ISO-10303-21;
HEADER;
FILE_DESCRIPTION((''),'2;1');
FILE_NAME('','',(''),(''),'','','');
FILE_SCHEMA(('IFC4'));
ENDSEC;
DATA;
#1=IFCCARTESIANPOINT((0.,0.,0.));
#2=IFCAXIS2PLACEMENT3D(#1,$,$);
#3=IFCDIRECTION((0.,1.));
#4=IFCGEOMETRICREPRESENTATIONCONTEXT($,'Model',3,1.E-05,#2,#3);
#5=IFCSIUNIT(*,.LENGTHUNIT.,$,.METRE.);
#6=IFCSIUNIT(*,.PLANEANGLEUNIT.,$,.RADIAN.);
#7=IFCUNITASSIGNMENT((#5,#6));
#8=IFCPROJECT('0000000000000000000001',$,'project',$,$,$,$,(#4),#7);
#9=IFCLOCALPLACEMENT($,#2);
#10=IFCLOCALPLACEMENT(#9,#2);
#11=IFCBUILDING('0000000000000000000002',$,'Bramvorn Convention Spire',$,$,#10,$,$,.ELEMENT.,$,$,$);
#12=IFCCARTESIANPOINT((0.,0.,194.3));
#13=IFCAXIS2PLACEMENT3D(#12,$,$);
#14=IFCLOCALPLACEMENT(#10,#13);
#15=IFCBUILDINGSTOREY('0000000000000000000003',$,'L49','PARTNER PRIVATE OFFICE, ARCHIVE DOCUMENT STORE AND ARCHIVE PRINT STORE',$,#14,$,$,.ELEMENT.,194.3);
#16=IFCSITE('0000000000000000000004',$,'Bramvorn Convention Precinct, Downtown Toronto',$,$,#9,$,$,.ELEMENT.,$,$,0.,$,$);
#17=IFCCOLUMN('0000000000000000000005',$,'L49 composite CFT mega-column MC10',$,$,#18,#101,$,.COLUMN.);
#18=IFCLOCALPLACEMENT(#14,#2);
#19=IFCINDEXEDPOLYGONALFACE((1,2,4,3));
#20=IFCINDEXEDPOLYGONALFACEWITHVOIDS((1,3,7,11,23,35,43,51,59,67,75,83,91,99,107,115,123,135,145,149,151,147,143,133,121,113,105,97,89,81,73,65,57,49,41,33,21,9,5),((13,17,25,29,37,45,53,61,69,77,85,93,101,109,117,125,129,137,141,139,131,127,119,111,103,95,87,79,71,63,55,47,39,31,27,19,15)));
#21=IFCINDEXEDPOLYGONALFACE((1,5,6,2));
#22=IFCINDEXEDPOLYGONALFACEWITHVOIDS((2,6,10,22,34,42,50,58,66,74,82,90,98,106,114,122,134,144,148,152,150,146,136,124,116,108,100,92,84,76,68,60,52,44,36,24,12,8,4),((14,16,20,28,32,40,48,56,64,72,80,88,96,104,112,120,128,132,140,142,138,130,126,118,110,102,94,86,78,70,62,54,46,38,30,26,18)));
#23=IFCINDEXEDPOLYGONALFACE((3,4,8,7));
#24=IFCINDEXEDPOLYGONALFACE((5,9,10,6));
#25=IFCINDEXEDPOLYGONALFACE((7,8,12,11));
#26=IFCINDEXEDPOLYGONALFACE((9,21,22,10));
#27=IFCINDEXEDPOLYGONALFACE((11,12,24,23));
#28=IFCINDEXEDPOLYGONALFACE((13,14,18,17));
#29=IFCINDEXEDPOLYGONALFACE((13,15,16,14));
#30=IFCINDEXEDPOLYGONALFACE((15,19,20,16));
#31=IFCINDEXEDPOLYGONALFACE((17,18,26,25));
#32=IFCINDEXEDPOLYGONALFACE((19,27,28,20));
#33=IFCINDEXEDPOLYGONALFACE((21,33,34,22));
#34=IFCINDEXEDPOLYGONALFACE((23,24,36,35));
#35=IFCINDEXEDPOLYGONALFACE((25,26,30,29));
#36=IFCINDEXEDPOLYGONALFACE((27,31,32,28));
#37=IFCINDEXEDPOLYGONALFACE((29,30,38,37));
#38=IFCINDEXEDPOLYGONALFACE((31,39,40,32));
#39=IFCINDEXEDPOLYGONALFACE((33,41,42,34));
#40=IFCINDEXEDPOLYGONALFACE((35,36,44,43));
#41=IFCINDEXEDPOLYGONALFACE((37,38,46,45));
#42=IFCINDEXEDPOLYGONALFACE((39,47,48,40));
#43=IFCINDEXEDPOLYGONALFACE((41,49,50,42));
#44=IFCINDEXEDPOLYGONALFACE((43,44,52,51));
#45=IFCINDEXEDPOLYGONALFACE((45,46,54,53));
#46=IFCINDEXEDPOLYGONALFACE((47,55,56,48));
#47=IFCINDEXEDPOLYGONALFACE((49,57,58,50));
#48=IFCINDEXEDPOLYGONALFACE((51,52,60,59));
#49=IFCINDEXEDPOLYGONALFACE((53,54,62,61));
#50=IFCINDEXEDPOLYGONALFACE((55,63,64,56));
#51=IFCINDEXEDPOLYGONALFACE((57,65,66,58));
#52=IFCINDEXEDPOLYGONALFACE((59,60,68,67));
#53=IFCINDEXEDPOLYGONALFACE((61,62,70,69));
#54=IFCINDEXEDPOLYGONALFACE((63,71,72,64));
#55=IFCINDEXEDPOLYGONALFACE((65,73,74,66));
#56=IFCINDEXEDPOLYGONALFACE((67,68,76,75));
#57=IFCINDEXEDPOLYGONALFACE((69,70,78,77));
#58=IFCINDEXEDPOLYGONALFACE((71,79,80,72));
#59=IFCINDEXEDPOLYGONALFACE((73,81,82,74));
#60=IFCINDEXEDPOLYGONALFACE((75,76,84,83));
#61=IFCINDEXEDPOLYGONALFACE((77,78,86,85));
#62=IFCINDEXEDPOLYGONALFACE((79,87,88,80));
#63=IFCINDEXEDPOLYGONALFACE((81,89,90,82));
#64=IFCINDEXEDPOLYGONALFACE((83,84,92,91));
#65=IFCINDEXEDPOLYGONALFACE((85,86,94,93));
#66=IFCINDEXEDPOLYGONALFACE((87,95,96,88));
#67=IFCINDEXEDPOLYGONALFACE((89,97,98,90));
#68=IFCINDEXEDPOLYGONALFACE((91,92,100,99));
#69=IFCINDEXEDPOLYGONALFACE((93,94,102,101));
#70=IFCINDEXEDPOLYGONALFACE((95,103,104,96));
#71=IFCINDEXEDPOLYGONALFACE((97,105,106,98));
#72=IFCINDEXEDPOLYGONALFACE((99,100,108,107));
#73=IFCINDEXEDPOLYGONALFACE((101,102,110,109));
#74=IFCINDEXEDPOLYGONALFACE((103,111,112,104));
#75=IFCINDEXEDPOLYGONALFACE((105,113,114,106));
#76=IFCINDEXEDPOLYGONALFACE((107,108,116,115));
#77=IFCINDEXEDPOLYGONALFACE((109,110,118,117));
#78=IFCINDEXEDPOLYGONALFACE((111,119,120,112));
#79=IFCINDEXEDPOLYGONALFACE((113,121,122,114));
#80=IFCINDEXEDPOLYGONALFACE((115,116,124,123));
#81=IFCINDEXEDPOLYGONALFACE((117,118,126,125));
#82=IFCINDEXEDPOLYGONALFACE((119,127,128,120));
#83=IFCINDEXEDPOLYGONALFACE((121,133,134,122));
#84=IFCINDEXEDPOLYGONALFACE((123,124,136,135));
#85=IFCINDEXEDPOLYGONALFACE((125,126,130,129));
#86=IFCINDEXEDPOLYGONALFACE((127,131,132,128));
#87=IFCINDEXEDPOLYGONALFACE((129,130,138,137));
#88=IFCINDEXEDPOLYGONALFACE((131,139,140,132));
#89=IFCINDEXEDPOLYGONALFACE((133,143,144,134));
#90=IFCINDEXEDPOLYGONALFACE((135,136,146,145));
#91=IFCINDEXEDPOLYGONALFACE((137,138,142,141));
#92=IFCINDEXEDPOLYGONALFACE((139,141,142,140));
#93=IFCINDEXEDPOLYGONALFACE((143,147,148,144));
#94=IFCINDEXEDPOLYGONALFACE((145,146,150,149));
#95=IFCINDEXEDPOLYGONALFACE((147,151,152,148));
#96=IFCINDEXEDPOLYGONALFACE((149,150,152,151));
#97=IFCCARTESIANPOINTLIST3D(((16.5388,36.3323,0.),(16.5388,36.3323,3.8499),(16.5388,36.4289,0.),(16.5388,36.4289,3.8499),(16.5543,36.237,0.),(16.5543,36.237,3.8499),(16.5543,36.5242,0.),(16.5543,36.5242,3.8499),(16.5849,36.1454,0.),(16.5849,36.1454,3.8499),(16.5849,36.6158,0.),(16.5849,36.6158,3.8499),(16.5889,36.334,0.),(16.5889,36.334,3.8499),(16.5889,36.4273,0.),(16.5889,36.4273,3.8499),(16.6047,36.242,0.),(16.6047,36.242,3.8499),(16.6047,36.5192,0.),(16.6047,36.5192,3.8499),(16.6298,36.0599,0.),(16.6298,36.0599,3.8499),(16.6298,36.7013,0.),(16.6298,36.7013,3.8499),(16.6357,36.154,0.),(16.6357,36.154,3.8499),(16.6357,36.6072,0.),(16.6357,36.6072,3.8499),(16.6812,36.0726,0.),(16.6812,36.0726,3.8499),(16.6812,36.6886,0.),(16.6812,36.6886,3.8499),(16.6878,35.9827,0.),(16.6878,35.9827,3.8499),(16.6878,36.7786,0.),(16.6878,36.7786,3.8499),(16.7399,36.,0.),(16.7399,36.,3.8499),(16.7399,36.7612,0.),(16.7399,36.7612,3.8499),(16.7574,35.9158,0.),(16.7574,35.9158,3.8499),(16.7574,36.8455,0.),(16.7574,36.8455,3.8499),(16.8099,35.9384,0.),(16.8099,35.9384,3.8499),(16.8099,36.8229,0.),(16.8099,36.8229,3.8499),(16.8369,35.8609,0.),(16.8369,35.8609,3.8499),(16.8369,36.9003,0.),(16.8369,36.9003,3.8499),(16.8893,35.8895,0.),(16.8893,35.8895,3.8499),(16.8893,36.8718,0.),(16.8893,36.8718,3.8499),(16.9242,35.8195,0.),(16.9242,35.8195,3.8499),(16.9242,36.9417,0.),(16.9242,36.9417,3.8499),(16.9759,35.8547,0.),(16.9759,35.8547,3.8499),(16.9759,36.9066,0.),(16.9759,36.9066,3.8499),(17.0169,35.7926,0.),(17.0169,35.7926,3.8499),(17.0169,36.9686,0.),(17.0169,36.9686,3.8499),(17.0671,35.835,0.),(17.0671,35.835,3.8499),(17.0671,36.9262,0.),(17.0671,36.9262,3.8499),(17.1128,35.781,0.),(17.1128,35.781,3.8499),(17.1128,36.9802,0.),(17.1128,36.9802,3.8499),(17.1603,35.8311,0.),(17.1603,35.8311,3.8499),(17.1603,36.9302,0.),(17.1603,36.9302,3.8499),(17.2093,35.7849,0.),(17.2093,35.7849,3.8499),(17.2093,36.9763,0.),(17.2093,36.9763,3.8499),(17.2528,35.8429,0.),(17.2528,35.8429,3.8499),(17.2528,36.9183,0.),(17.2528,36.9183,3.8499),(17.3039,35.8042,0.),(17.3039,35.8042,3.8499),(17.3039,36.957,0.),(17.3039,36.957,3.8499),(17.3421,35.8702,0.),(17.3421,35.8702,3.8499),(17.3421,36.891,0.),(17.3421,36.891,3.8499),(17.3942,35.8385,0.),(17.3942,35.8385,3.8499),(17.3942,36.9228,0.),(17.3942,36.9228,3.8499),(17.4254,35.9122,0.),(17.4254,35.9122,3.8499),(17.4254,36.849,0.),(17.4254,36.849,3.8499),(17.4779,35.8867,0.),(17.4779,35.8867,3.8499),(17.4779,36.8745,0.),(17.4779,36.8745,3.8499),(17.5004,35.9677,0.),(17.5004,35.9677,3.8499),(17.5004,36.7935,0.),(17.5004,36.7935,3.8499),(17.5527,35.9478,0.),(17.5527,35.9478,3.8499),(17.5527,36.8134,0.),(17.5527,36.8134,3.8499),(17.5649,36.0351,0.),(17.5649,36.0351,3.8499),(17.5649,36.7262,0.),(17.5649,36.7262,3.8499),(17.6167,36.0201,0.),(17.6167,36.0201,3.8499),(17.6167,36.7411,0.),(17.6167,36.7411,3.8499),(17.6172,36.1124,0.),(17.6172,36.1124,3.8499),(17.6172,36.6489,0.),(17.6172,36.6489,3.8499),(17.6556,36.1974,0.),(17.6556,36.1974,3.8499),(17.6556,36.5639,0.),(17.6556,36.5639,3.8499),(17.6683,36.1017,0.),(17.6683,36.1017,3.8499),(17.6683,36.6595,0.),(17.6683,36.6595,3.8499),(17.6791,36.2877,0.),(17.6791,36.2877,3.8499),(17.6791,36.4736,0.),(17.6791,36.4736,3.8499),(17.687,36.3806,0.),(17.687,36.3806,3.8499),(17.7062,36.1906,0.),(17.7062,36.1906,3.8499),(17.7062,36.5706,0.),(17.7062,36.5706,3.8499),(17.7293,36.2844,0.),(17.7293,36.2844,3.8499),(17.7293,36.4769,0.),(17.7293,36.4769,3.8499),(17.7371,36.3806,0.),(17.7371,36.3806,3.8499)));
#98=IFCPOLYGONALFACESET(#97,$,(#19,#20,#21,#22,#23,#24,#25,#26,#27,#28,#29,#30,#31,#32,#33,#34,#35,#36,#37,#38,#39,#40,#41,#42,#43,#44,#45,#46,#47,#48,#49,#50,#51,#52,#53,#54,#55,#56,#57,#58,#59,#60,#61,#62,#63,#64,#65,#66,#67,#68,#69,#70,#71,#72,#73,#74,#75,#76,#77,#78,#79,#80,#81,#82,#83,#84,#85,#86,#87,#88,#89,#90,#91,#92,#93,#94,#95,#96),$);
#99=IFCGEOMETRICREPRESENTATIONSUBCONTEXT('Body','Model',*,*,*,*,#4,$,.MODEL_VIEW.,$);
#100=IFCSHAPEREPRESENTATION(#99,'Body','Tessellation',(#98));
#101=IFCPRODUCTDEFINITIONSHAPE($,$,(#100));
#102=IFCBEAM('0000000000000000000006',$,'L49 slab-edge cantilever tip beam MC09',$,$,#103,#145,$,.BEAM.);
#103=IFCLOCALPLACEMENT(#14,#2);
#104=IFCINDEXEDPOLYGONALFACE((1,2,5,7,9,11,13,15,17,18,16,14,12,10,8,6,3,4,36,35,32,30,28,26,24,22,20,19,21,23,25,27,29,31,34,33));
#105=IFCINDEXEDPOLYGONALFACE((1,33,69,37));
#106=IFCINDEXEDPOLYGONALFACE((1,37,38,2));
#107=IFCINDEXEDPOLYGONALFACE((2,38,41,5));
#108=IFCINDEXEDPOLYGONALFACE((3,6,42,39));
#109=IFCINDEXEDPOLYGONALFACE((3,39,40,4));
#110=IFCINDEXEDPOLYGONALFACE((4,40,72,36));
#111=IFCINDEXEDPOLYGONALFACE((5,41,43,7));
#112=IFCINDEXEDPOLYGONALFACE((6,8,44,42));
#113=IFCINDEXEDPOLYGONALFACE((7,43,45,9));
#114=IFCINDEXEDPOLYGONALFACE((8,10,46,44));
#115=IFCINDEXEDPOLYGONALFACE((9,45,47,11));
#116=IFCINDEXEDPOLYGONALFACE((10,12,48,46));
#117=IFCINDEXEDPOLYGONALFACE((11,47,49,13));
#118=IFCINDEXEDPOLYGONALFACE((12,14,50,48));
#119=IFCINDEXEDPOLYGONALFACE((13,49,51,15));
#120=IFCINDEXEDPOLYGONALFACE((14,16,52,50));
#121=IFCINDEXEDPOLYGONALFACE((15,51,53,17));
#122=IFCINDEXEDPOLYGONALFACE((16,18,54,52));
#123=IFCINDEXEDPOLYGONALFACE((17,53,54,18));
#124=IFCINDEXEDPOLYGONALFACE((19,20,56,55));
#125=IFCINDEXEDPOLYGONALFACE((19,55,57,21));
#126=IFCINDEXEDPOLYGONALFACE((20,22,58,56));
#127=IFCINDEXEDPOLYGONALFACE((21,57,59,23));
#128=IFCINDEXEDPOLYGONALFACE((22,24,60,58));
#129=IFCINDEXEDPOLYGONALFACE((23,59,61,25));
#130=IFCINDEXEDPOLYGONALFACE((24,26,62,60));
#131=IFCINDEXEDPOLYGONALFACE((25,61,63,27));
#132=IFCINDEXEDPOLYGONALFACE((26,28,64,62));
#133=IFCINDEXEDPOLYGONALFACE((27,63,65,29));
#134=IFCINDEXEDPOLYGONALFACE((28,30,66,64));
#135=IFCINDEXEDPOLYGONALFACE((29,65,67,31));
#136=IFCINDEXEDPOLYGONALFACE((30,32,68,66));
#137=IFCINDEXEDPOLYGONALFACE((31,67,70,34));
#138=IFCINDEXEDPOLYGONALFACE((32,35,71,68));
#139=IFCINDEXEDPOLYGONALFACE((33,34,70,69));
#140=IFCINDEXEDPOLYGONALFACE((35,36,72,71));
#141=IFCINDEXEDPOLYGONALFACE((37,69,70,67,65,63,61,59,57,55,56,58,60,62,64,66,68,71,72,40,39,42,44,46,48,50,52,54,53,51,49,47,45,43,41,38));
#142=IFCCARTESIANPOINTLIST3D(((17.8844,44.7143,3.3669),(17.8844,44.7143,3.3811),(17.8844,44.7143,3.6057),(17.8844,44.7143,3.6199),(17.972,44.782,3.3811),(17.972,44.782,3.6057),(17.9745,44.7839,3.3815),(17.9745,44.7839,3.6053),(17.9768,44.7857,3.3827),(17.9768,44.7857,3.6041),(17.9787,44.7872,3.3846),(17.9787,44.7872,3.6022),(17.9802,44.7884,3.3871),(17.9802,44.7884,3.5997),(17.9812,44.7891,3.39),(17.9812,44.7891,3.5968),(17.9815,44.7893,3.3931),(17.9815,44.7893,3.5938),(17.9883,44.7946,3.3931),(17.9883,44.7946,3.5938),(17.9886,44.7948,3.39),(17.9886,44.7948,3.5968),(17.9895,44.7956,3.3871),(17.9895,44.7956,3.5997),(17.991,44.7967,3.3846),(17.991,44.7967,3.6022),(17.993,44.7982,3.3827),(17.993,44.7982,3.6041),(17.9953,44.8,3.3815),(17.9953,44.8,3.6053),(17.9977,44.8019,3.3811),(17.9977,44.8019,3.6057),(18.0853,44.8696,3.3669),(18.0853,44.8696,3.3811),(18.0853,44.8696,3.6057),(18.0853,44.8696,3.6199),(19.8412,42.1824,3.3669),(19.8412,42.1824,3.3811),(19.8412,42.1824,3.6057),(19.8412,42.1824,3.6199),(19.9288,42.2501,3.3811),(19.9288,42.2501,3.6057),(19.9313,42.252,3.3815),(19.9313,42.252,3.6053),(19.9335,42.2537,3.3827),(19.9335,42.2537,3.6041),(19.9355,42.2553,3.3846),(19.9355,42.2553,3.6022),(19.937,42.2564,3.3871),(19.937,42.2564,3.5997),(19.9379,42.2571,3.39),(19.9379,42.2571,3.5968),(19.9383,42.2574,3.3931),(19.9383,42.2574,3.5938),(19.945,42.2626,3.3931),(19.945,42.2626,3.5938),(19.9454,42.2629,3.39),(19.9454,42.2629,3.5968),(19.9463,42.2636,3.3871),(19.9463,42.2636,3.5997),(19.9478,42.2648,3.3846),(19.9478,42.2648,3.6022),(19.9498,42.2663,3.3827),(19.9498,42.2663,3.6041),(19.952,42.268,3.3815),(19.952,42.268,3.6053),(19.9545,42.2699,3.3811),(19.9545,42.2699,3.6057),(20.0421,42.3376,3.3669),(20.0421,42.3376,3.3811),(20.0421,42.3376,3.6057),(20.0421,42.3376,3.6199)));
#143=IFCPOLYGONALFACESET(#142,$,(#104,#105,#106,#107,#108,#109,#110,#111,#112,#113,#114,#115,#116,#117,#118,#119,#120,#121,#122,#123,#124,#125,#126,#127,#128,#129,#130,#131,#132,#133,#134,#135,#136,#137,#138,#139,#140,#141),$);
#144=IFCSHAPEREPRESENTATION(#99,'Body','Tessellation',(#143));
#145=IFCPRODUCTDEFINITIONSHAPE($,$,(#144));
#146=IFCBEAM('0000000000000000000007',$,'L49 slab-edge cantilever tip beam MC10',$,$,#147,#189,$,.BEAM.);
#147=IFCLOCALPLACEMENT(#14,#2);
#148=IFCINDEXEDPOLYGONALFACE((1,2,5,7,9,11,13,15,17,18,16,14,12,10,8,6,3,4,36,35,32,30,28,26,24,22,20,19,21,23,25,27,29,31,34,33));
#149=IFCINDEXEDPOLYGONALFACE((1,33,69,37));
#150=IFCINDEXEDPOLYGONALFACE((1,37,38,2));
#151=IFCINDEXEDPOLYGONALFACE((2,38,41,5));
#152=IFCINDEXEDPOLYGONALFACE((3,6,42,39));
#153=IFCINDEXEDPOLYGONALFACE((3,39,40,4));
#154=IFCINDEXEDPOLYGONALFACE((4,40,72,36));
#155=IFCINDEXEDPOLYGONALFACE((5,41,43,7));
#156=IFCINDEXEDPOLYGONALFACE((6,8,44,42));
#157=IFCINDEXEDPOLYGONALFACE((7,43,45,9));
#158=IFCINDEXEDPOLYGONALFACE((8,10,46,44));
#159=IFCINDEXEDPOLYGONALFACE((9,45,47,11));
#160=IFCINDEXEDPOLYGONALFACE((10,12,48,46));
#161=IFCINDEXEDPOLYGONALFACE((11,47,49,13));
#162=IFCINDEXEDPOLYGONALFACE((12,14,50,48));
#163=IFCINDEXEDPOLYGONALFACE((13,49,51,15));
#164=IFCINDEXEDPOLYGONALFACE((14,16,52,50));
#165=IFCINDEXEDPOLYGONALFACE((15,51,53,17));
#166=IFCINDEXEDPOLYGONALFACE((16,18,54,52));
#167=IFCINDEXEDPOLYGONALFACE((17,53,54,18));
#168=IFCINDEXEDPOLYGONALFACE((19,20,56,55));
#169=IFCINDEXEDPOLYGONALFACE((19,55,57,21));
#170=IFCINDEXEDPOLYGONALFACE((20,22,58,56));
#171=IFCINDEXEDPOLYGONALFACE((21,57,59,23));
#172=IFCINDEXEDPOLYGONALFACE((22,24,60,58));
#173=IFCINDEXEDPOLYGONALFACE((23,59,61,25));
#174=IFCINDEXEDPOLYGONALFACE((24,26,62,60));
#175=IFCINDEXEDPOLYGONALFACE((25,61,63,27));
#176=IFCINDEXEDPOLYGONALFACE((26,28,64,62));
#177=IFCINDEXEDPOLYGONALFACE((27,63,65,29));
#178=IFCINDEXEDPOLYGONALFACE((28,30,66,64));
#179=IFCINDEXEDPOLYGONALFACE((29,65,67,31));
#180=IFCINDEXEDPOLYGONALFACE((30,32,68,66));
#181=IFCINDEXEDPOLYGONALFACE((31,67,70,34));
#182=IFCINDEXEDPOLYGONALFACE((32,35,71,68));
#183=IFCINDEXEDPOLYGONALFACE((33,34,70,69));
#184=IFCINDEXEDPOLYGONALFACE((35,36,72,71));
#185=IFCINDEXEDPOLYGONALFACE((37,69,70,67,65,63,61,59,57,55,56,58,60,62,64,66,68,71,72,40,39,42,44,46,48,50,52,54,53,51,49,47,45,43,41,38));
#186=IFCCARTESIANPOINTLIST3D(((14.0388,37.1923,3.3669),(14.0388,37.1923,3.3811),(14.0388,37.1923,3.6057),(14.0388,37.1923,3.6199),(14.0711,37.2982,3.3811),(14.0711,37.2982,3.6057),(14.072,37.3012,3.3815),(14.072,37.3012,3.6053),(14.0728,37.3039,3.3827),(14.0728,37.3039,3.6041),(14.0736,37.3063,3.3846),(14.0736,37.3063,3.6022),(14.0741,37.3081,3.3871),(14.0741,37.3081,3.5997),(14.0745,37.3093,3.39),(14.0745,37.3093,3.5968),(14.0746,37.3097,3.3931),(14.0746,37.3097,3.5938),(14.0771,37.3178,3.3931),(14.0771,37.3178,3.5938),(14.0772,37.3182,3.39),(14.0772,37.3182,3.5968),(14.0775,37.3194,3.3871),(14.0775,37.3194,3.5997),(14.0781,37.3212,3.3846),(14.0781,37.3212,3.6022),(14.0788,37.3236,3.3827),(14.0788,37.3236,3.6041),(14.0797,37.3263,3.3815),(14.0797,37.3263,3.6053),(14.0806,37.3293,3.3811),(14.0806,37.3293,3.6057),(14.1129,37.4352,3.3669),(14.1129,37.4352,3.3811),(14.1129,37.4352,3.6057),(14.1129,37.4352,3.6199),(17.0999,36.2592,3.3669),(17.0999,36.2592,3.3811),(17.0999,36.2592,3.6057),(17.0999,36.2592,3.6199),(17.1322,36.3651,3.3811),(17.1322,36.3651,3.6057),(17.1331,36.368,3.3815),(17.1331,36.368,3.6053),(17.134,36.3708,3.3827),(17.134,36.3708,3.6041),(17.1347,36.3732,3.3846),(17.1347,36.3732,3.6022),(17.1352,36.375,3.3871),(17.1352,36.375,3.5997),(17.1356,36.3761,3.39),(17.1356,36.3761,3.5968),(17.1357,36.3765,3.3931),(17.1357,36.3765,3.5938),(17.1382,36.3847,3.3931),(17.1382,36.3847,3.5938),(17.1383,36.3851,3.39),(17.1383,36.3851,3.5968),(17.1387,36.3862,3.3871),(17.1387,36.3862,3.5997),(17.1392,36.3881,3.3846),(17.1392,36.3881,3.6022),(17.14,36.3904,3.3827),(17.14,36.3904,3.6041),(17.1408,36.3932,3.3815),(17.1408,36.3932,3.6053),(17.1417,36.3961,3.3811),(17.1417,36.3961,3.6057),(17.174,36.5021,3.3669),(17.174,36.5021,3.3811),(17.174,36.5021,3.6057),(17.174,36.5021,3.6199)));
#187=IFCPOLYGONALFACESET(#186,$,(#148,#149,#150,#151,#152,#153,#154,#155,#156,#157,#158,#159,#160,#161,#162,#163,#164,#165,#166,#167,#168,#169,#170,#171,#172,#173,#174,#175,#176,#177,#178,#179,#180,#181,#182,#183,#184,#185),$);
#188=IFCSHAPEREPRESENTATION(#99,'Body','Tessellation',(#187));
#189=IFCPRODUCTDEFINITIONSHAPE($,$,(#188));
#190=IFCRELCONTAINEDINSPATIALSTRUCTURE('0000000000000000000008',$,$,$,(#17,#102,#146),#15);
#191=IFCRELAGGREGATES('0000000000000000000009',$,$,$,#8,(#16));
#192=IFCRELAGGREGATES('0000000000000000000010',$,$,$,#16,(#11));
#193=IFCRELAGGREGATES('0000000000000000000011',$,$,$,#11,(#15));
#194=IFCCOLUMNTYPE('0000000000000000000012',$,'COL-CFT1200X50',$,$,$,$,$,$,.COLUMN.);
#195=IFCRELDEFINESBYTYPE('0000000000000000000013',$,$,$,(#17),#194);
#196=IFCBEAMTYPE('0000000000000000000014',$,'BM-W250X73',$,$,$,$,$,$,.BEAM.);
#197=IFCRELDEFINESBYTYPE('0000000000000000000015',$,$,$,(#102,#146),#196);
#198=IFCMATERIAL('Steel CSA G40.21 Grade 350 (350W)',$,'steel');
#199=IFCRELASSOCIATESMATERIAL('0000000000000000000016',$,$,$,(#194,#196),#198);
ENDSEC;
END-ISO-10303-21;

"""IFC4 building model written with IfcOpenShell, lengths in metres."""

from ifc_helpers import new_model, si_unit, direction, frame, origin, origin_2d, place, context, subcontext, project, spatial, hollow_circle, i_section, extrude, material, material_profile, profile_set, type_object, element, save


model = new_model("IFC4")

# Units and contexts
model_context = context("Model", 3, precision=1e-05, world=origin(), true_north=direction((0.0, 1.0)))
body_context = subcontext(model_context, "Body", "Model", "MODEL_VIEW")
ifc_project = project(units=[si_unit("LENGTHUNIT", "METRE"), si_unit("PLANEANGLEUNIT", "RADIAN")], contexts=[model_context])

# Site, building, storey
site_placement = place(None, origin())
site = spatial("IfcSite", under=ifc_project, at=site_placement, Name="Bramvorn Convention Precinct, Downtown Toronto", CompositionType="ELEMENT", RefElevation=0.0)
building_placement = place(site_placement, origin())
building = spatial("IfcBuilding", under=site, at=building_placement, Name="Bramvorn Convention Spire", CompositionType="ELEMENT")
storey_placement = place(building_placement, frame((0.0, 0.0, 194.3)))
storey = spatial("IfcBuildingStorey", under=building, at=storey_placement, Name="L49", Description="PARTNER PRIVATE OFFICE, ARCHIVE DOCUMENT STORE AND ARCHIVE PRINT STORE", CompositionType="ELEMENT", Elevation=194.3)

# Column
ifc_material_1 = material(Name="Steel CSA G40.21 Grade 350 (350W)", Category="steel")
ifc_material_profile_1 = material_profile(ifc_material_1, hollow_circle(Radius=0.6001, WallThickness=0.05, at=origin_2d()))
ifc_profile_set_1 = profile_set([ifc_material_profile_1], Name="Steel CSA G40.21 Grade 350 (350W) - CFT1200X50")
column_type = type_object("IfcColumnType", Name="COL-CFT1200X50", PredefinedType="COLUMN", material=ifc_profile_set_1)
for number, where, z_axis, x_axis, name in (
    (1, (17.137, 36.3806, 0.0), (0.0, 0.0, 1.0), (1.0, 0.0, 0.0), "L49 composite CFT mega-column MC10"),
):
    element("IfcColumn", number, at=place(storey_placement, frame(where, z_axis=z_axis, x_axis=x_axis)), inside=storey, type_object=column_type, Name=name, PredefinedType="COLUMN", context=body_context, shape_type="SweptSolid", body=[
        extrude(hollow_circle(Radius=0.6001, WallThickness=0.05, at=origin_2d()), origin(), (0.0, 0.0, 1.0), 3.8499),
    ])

# Beams
ifc_material_profile_2 = material_profile(ifc_material_1, i_section(OverallWidth=0.2539, OverallDepth=0.2529, WebThickness=0.0085, FlangeThickness=0.0142, FilletRadius=0.012, at=origin_2d()))
ifc_profile_set_2 = profile_set([ifc_material_profile_2], Name="Steel CSA G40.21 Grade 350 (350W) - W250X73")
beam_type_1 = type_object("IfcBeamType", Name="BM-W250X73", PredefinedType="BEAM", material=ifc_profile_set_2)
beam_1_placement = place(storey_placement, frame((19.9417, 42.26, 3.4934), z_axis=(-0.611497, 0.791246, 0.0), x_axis=(-0.791246, -0.611497, 0.0)))
element("IfcBeam", 2, at=beam_1_placement, inside=storey, type_object=beam_type_1, Name="L49 slab-edge cantilever tip beam MC09", PredefinedType="BEAM", context=body_context, shape_type="SweptSolid", body=[
    extrude(i_section(OverallWidth=0.2539, OverallDepth=0.2529, WebThickness=0.0085, FlangeThickness=0.0142, FilletRadius=0.012, at=origin_2d()), origin(), (0.0, 0.0, 1.0), 3.2),
])
beam_2_placement = place(storey_placement, frame((17.137, 36.3806, 3.4934), z_axis=(-0.956544, 0.291587, 0.0), x_axis=(-0.291587, -0.956544, 0.0)))
element("IfcBeam", 3, at=beam_2_placement, inside=storey, type_object=beam_type_1, Name="L49 slab-edge cantilever tip beam MC10", PredefinedType="BEAM", context=body_context, shape_type="SweptSolid", body=[
    extrude(i_section(OverallWidth=0.2539, OverallDepth=0.2529, WebThickness=0.0085, FlangeThickness=0.0142, FilletRadius=0.012, at=origin_2d()), origin(), (0.0, 0.0, 1.0), 3.2002),
])

save(model, "model.ifc")
